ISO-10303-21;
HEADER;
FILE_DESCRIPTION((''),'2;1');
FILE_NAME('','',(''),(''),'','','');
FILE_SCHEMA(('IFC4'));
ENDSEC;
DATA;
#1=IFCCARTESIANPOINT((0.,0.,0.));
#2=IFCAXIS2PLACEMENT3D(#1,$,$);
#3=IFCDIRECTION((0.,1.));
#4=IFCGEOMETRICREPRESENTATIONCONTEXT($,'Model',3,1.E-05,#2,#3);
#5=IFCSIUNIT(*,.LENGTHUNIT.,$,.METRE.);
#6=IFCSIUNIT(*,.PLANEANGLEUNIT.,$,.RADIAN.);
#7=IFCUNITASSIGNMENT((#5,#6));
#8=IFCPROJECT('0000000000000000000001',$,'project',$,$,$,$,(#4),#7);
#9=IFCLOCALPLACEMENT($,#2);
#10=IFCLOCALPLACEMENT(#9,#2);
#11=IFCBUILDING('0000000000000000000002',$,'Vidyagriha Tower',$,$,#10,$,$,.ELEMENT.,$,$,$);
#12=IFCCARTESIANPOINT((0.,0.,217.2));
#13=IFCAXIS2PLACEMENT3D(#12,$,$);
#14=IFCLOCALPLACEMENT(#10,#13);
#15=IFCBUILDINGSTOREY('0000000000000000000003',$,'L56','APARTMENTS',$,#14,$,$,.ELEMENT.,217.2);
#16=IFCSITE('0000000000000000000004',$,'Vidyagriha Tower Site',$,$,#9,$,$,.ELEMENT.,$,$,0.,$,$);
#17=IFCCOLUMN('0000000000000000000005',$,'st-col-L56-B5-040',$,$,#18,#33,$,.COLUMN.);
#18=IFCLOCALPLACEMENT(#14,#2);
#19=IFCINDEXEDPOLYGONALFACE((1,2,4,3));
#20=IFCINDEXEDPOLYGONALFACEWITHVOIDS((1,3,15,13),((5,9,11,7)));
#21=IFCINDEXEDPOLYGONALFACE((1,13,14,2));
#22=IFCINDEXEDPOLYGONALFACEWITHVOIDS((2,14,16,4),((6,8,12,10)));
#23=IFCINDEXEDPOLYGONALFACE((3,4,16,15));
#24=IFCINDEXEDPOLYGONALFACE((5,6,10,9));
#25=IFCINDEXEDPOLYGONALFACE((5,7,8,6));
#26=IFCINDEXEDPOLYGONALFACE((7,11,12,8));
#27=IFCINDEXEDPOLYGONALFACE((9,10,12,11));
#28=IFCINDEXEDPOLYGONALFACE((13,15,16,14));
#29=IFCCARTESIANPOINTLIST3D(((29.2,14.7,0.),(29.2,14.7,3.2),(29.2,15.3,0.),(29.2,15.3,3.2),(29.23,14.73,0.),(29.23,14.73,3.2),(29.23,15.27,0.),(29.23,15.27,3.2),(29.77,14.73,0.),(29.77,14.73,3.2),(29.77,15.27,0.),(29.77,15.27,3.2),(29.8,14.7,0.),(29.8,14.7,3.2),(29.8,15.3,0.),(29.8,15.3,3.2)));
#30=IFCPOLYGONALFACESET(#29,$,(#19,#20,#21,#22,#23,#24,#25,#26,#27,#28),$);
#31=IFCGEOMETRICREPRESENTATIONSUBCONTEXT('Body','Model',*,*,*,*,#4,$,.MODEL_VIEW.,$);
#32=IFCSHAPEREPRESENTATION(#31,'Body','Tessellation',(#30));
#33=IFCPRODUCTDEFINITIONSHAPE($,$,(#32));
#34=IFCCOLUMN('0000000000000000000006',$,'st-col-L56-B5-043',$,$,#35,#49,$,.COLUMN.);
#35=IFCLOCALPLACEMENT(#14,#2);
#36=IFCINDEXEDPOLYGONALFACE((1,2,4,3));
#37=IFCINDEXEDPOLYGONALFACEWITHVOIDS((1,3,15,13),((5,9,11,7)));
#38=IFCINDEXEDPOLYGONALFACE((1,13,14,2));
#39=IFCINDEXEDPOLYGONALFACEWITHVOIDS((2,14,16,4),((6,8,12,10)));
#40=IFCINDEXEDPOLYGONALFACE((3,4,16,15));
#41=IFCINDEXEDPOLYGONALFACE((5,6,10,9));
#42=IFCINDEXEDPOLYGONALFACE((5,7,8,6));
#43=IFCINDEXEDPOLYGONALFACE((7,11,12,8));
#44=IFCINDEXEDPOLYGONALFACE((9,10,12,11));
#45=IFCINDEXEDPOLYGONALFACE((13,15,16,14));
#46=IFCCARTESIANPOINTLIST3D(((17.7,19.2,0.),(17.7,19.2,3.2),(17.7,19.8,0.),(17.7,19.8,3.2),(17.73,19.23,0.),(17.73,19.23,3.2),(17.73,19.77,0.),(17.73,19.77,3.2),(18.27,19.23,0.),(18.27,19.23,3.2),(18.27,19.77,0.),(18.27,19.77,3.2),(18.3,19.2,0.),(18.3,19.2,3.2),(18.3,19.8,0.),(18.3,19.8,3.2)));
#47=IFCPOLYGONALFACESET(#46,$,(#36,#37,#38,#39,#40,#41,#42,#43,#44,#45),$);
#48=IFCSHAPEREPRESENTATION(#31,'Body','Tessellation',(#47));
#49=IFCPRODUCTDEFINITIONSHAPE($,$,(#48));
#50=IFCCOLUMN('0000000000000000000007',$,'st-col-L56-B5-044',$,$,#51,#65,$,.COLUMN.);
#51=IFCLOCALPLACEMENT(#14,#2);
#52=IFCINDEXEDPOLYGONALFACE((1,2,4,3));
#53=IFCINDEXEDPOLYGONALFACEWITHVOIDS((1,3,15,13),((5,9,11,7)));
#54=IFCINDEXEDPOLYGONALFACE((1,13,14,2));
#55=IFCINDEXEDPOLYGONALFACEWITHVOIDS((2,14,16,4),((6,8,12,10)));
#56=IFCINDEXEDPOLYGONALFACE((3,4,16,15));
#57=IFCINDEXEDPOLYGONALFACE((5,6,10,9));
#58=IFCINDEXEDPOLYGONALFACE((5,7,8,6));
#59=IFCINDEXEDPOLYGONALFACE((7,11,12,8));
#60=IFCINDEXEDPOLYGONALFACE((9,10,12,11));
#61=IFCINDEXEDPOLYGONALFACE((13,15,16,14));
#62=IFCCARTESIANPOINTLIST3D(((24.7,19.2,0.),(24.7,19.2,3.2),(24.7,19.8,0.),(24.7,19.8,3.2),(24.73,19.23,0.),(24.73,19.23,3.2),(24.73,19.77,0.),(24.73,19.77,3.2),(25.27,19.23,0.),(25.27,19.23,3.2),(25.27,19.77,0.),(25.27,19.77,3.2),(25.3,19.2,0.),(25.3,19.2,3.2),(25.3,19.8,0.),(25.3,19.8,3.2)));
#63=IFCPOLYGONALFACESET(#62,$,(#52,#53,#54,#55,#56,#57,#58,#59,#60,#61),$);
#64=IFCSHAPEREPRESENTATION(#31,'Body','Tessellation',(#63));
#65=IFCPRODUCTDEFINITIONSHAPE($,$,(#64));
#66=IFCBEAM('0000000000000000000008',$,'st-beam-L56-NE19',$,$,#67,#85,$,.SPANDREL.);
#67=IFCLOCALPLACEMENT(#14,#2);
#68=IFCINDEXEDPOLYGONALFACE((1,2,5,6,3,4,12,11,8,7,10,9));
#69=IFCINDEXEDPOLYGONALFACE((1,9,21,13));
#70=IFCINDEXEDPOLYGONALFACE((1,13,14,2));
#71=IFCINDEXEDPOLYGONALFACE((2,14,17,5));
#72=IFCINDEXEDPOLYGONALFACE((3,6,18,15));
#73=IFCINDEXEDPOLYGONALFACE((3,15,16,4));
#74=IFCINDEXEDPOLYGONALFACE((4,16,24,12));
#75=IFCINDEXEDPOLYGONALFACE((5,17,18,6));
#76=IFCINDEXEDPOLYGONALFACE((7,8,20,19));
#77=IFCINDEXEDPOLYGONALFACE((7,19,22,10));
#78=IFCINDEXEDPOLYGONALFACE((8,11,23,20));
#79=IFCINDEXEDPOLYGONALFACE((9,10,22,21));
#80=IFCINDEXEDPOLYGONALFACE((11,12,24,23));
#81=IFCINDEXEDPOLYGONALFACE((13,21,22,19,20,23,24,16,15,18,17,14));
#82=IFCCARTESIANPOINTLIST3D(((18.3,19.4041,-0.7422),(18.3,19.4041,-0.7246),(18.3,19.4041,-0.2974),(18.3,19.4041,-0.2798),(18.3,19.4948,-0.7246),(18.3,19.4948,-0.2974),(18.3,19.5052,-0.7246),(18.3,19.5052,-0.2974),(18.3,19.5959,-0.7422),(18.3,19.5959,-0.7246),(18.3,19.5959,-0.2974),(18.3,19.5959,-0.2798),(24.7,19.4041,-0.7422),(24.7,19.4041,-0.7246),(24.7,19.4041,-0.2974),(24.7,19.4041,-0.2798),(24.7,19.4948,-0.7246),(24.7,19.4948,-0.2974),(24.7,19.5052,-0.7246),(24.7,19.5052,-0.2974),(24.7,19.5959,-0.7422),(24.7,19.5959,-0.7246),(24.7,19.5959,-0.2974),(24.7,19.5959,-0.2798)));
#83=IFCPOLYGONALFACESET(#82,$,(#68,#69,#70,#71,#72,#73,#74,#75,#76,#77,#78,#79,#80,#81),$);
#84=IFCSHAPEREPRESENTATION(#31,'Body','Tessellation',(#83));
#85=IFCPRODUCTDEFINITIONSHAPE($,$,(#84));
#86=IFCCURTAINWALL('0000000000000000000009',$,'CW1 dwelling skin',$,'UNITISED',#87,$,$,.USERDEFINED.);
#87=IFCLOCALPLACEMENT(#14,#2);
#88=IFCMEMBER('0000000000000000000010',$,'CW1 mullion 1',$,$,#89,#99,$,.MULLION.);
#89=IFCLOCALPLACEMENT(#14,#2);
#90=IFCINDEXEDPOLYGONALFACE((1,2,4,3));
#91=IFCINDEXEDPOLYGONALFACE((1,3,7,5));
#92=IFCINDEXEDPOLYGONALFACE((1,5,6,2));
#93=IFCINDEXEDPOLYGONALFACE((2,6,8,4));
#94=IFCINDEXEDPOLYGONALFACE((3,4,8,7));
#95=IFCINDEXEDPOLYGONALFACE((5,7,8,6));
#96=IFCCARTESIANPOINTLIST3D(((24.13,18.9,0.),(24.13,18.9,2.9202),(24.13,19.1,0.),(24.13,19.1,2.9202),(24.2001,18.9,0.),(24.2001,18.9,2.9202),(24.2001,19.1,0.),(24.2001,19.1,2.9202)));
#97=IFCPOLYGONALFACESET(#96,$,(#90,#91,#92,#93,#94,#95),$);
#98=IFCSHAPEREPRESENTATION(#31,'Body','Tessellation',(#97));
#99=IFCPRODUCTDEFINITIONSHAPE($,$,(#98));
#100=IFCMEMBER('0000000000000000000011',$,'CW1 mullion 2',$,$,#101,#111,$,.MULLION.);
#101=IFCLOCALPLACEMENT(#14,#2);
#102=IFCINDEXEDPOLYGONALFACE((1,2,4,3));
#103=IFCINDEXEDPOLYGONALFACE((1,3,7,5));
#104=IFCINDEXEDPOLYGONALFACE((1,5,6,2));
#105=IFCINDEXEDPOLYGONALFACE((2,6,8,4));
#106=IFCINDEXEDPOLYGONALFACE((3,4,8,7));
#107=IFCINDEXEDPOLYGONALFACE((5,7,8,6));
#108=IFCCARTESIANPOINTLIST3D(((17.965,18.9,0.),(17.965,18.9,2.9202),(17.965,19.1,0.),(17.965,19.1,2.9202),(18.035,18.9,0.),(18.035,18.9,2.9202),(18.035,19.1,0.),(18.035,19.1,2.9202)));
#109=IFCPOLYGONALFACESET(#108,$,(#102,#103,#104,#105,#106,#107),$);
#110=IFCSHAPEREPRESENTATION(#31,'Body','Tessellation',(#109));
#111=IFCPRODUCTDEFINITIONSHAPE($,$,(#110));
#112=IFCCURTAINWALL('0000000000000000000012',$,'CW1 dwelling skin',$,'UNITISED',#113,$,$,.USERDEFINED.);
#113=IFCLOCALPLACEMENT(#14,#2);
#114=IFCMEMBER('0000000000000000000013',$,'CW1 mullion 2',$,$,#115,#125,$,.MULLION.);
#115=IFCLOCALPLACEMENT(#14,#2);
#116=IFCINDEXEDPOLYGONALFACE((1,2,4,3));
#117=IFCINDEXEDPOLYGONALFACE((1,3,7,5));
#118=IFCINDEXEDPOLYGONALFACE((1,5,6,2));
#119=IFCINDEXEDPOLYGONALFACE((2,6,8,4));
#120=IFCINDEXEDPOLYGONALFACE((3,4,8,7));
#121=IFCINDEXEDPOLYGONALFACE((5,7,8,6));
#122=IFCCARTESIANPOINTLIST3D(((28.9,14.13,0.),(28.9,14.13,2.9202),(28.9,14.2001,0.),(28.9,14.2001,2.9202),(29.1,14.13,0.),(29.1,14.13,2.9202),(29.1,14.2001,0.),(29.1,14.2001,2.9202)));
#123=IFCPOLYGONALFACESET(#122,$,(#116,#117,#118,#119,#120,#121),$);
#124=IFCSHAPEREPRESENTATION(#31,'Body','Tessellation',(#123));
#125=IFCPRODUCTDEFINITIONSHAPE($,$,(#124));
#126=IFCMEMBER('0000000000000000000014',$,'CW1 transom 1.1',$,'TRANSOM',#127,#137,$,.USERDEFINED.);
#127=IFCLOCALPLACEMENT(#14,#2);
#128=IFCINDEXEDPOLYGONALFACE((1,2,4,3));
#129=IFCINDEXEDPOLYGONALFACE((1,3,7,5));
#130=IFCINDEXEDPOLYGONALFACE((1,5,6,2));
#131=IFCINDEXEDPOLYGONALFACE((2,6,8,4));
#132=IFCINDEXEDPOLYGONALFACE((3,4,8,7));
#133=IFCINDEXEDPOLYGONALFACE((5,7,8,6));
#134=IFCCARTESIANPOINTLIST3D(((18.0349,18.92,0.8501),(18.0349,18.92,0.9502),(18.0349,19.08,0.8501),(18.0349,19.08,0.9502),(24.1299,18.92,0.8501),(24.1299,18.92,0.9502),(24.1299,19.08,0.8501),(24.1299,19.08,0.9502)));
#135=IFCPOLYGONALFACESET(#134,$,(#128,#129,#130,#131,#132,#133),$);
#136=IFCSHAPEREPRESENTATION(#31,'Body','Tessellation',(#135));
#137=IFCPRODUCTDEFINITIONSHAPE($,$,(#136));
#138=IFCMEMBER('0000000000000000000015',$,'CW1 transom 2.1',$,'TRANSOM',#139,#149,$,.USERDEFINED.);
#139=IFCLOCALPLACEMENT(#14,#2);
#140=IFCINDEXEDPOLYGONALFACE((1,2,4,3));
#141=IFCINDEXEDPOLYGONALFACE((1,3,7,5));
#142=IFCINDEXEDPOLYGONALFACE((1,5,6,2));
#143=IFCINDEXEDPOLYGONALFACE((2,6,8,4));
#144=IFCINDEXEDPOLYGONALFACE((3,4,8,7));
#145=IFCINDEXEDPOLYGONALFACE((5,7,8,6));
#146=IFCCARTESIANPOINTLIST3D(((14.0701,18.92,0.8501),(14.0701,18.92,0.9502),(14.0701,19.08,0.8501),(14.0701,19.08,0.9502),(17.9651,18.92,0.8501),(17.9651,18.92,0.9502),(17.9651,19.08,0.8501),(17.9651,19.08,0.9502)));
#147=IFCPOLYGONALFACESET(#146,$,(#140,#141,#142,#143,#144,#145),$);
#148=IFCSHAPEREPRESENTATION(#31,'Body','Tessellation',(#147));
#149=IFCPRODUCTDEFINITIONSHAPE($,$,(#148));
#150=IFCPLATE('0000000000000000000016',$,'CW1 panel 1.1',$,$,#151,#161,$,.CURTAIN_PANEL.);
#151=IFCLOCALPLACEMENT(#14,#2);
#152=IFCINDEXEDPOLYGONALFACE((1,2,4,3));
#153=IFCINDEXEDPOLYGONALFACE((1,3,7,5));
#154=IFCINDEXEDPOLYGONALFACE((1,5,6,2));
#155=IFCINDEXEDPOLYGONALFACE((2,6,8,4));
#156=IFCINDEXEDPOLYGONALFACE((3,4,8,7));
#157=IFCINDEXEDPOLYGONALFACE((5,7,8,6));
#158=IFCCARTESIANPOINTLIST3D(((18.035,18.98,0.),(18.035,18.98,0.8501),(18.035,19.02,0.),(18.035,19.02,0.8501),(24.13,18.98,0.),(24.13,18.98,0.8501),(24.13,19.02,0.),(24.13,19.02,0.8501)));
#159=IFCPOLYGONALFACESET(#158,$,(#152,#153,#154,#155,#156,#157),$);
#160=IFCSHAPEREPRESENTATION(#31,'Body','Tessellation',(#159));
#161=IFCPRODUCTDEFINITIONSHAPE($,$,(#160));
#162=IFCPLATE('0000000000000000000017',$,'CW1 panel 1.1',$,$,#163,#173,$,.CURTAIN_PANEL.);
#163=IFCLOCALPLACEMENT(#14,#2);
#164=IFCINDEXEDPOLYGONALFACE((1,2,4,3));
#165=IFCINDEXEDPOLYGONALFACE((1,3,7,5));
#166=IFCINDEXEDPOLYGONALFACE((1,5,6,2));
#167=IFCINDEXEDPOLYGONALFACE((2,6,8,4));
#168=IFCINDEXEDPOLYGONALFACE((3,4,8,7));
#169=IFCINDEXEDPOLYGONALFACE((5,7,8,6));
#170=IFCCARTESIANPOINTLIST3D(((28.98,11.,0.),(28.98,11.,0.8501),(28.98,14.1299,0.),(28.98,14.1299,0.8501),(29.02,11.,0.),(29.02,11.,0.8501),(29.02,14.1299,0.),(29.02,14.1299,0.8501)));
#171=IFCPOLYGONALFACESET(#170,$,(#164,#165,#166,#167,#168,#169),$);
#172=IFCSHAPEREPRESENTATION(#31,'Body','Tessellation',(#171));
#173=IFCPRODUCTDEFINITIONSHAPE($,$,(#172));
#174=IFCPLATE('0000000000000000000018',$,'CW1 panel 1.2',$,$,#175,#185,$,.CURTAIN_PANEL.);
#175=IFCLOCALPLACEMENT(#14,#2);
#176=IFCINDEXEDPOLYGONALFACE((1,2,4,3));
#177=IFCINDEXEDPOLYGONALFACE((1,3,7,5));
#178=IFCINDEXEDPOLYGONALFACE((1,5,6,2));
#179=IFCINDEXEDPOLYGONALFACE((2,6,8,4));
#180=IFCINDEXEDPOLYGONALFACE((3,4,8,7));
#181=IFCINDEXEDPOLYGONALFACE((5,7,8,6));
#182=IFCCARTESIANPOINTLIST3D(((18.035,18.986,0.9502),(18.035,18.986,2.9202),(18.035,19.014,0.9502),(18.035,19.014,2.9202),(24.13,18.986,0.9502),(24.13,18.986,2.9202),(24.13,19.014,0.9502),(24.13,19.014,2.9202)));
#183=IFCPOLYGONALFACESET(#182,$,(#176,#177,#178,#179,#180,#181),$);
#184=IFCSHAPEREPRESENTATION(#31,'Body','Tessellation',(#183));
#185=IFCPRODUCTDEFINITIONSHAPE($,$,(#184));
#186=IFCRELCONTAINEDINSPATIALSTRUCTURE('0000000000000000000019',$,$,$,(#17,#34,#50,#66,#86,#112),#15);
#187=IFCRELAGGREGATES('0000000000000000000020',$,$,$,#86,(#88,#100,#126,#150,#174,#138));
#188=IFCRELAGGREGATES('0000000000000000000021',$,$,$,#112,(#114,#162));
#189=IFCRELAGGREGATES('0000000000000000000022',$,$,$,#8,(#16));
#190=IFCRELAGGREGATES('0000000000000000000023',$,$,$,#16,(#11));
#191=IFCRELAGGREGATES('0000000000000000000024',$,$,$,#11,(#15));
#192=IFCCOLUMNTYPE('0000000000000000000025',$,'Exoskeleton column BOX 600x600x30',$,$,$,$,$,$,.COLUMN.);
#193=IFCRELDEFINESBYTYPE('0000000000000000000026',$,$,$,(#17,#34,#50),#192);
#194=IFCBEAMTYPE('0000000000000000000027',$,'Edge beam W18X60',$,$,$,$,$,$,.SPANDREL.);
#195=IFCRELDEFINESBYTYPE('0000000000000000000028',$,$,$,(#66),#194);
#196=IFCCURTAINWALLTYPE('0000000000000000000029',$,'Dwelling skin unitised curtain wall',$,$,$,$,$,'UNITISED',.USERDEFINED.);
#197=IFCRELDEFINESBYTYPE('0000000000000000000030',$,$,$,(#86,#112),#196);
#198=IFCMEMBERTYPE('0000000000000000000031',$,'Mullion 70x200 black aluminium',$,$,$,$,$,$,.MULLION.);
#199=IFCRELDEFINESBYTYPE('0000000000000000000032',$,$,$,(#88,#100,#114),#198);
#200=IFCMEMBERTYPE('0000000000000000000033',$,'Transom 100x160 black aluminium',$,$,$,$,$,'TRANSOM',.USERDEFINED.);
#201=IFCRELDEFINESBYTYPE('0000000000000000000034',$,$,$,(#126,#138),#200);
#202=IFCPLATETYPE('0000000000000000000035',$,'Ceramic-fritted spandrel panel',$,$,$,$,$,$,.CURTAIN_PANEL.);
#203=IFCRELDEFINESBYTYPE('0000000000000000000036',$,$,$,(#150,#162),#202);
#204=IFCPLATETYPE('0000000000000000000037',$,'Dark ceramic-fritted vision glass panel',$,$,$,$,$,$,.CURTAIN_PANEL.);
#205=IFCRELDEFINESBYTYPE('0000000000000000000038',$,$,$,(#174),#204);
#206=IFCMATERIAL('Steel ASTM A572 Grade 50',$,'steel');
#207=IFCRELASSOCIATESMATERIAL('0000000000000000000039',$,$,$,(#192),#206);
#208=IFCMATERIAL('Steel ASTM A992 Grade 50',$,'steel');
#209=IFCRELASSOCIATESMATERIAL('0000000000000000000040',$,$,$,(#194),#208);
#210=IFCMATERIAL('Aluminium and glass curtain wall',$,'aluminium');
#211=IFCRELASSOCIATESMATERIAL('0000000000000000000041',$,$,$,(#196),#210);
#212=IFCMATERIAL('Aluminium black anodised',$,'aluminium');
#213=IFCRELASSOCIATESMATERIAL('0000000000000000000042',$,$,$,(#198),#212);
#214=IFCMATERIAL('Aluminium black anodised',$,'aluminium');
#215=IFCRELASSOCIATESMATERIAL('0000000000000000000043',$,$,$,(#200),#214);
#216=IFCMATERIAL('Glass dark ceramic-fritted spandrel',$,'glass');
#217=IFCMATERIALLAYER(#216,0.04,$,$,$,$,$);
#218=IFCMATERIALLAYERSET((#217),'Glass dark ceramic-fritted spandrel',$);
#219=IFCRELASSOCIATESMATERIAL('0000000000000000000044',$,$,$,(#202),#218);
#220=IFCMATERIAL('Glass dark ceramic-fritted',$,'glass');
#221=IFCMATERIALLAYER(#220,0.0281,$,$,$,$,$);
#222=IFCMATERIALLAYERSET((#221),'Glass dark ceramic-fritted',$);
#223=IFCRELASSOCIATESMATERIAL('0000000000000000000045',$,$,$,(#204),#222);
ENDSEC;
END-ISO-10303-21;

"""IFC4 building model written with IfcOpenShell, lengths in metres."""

from ifc_helpers import new_model, si_unit, direction, frame, origin, origin_2d, place, context, subcontext, project, spatial, rectangle, hollow_rectangle, i_section, extrude, material, layer, layer_set, material_profile, profile_set, type_object, element, aggregate, save


model = new_model("IFC4")

# Units and contexts
model_context = context("Model", 3, precision=1e-05, world=origin(), true_north=direction((0.0, 1.0)))
body_context = subcontext(model_context, "Body", "Model", "MODEL_VIEW")
ifc_project = project(units=[si_unit("LENGTHUNIT", "METRE"), si_unit("PLANEANGLEUNIT", "RADIAN")], contexts=[model_context])

# Site, building, storey
site_placement = place(None, origin())
site = spatial("IfcSite", under=ifc_project, at=site_placement, Name="Vidyagriha Tower Site", CompositionType="ELEMENT", RefElevation=0.0)
building_placement = place(site_placement, origin())
building = spatial("IfcBuilding", under=site, at=building_placement, Name="Vidyagriha Tower", CompositionType="ELEMENT")
storey_placement = place(building_placement, frame((0.0, 0.0, 217.2)))
storey = spatial("IfcBuildingStorey", under=building, at=storey_placement, Name="L56", Description="APARTMENTS", CompositionType="ELEMENT", Elevation=217.2)

# Columns
ifc_material_1 = material(Name="Steel ASTM A572 Grade 50", Category="steel")
ifc_material_profile_1 = material_profile(ifc_material_1, hollow_rectangle(XDim=0.6001, YDim=0.6001, WallThickness=0.03, at=origin_2d()), Name="BOX 600x600x30")
ifc_profile_set_1 = profile_set([ifc_material_profile_1], Name="Steel ASTM A572 Grade 50")
column_type = type_object("IfcColumnType", Name="Exoskeleton column BOX 600x600x30", PredefinedType="COLUMN", material=ifc_profile_set_1)
for number, where, name in (
    (1, (29.5, 15.0, 0.0), "st-col-L56-B5-040"),
    (2, (18.0, 19.5, 0.0), "st-col-L56-B5-043"),
    (3, (25.0, 19.5, 0.0), "st-col-L56-B5-044"),
):
    element("IfcColumn", number, at=place(storey_placement, frame(where)), inside=storey, type_object=column_type, Name=name, PredefinedType="COLUMN", context=body_context, shape_type="SweptSolid", body=[
        extrude(hollow_rectangle(XDim=0.6001, YDim=0.6001, WallThickness=0.03, at=origin_2d()), origin(), (0.0, 0.0, 1.0), 3.2),
    ])

# Beam
ifc_material_2 = material(Name="Steel ASTM A992 Grade 50", Category="steel")
ifc_material_profile_2 = material_profile(ifc_material_2, i_section(OverallWidth=0.1919, OverallDepth=0.4624, WebThickness=0.0105, FlangeThickness=0.0176, at=origin_2d()), Name="W18X60")
ifc_profile_set_2 = profile_set([ifc_material_profile_2], Name="Steel ASTM A992 Grade 50")
beam_type = type_object("IfcBeamType", Name="Edge beam W18X60", PredefinedType="SPANDREL", material=ifc_profile_set_2)
beam_placement = place(storey_placement, frame((18.3, 19.5, -0.511), z_axis=(1.0, 0.0, 0.0), x_axis=(0.0, 1.0, 0.0)))
element("IfcBeam", 4, at=beam_placement, inside=storey, type_object=beam_type, Name="st-beam-L56-NE19", PredefinedType="SPANDREL", context=body_context, shape_type="SweptSolid", body=[
    extrude(i_section(OverallWidth=0.1919, OverallDepth=0.4624, WebThickness=0.0105, FlangeThickness=0.0176, at=origin_2d()), origin(), (0.0, 0.0, 1.0), 6.3999),
])

# Curtain wall, members
ifc_material_3 = material(Name="Aluminium and glass curtain wall", Category="aluminium")
curtain_wall_type = type_object("IfcCurtainWallType", Name="Dwelling skin unitised curtain wall", ElementType="UNITISED", PredefinedType="USERDEFINED", material=ifc_material_3)
curtain_wall_1_placement = place(storey_placement, origin())
curtain_wall_1 = element("IfcCurtainWall", 5, at=curtain_wall_1_placement, inside=storey, type_object=curtain_wall_type, Name="CW1 dwelling skin", ObjectType="UNITISED", PredefinedType="USERDEFINED")
ifc_material_4 = material(Name="Aluminium black anodised", Category="aluminium")
ifc_material_profile_3 = material_profile(ifc_material_4, rectangle(XDim=0.2, YDim=0.0701, at=origin_2d()), Name="Mullion 70x200 black aluminium")
ifc_profile_set_3 = profile_set([ifc_material_profile_3], Name="Aluminium black anodised")
member_type_1 = type_object("IfcMemberType", Name="Mullion 70x200 black aluminium", PredefinedType="MULLION", material=ifc_profile_set_3)
member_1_placement = place(storey_placement, frame((24.165, 19.0, 0.0), z_axis=(0.0, 0.0, 1.0), x_axis=(0.0, -1.0, 0.0)))
member_1 = element("IfcMember", 6, at=member_1_placement, type_object=member_type_1, Name="CW1 mullion 1", PredefinedType="MULLION", context=body_context, shape_type="SweptSolid", body=[
    extrude(rectangle(XDim=0.2, YDim=0.0701, at=origin_2d()), origin(), (0.0, 0.0, 1.0), 2.9202),
])
member_2_placement = place(storey_placement, frame((18.0, 19.0, 0.0), z_axis=(0.0, 0.0, 1.0), x_axis=(0.0, -1.0, 0.0)))
member_2 = element("IfcMember", 7, at=member_2_placement, type_object=member_type_1, Name="CW1 mullion 2", PredefinedType="MULLION", context=body_context, shape_type="SweptSolid", body=[
    extrude(rectangle(XDim=0.2, YDim=0.0701, at=origin_2d()), origin(), (0.0, 0.0, 1.0), 2.9202),
])

# Curtain wall, member
curtain_wall_2_placement = place(storey_placement, origin())
curtain_wall_2 = element("IfcCurtainWall", 8, at=curtain_wall_2_placement, inside=storey, type_object=curtain_wall_type, Name="CW1 dwelling skin", ObjectType="UNITISED", PredefinedType="USERDEFINED")
member_3_placement = place(storey_placement, frame((29.0, 14.165, 0.0), z_axis=(0.0, 0.0, 1.0), x_axis=(-1.0, 0.0, 0.0)))
member_3 = element("IfcMember", 9, at=member_3_placement, type_object=member_type_1, Name="CW1 mullion 2", PredefinedType="MULLION", context=body_context, shape_type="SweptSolid", body=[
    extrude(rectangle(XDim=0.2, YDim=0.0701, at=origin_2d()), origin(), (0.0, 0.0, 1.0), 2.9202),
])

# Members
ifc_material_5 = material(Name="Aluminium black anodised", Category="aluminium")
ifc_material_profile_4 = material_profile(ifc_material_5, rectangle(XDim=0.1599, YDim=0.1001, at=origin_2d()), Name="Transom 100x160 black aluminium")
ifc_profile_set_4 = profile_set([ifc_material_profile_4], Name="Aluminium black anodised")
member_type_2 = type_object("IfcMemberType", Name="Transom 100x160 black aluminium", ElementType="TRANSOM", PredefinedType="USERDEFINED", material=ifc_profile_set_4)
member_4_placement = place(storey_placement, frame((24.1299, 19.0, 0.9001), z_axis=(-1.0, 0.0, 0.0), x_axis=(0.0, -1.0, 0.0)))
member_4 = element("IfcMember", 10, at=member_4_placement, type_object=member_type_2, Name="CW1 transom 1.1", ObjectType="TRANSOM", PredefinedType="USERDEFINED", context=body_context, shape_type="SweptSolid", body=[
    extrude(rectangle(XDim=0.1599, YDim=0.1001, at=origin_2d()), origin(), (0.0, 0.0, 1.0), 6.095),
])
member_5_placement = place(storey_placement, frame((17.9651, 19.0, 0.9001), z_axis=(-1.0, 0.0, 0.0), x_axis=(0.0, -1.0, 0.0)))
member_5 = element("IfcMember", 11, at=member_5_placement, type_object=member_type_2, Name="CW1 transom 2.1", ObjectType="TRANSOM", PredefinedType="USERDEFINED", context=body_context, shape_type="SweptSolid", body=[
    extrude(rectangle(XDim=0.1599, YDim=0.1001, at=origin_2d()), origin(), (0.0, 0.0, 1.0), 3.895),
])

# Plates
ifc_material_6 = material(Name="Glass dark ceramic-fritted spandrel", Category="glass")
ifc_layer_1 = layer(ifc_material_6, 0.04)
ifc_layer_set_1 = layer_set([ifc_layer_1], Name="Glass dark ceramic-fritted spandrel")
plate_type_1 = type_object("IfcPlateType", Name="Ceramic-fritted spandrel panel", PredefinedType="CURTAIN_PANEL", material=ifc_layer_set_1)
plate_1_placement = place(storey_placement, frame((21.0825, 19.0, 0.0), z_axis=(0.0, 0.0, 1.0), x_axis=(-1.0, 0.0, 0.0)))
plate_1 = element("IfcPlate", 12, at=plate_1_placement, type_object=plate_type_1, Name="CW1 panel 1.1", PredefinedType="CURTAIN_PANEL", context=body_context, shape_type="SweptSolid", body=[
    extrude(rectangle(XDim=6.095, YDim=0.04, at=origin_2d()), origin(), (0.0, 0.0, 1.0), 0.8501),
])
plate_2_placement = place(storey_placement, frame((29.0, 12.5649, 0.0), z_axis=(0.0, 0.0, 1.0), x_axis=(0.0, 1.0, 0.0)))
plate_2 = element("IfcPlate", 13, at=plate_2_placement, type_object=plate_type_1, Name="CW1 panel 1.1", PredefinedType="CURTAIN_PANEL", context=body_context, shape_type="SweptSolid", body=[
    extrude(rectangle(XDim=3.1299, YDim=0.04, at=origin_2d()), origin(), (0.0, 0.0, 1.0), 0.8501),
])
ifc_material_7 = material(Name="Glass dark ceramic-fritted", Category="glass")
ifc_layer_2 = layer(ifc_material_7, 0.0281)
ifc_layer_set_2 = layer_set([ifc_layer_2], Name="Glass dark ceramic-fritted")
plate_type_2 = type_object("IfcPlateType", Name="Dark ceramic-fritted vision glass panel", PredefinedType="CURTAIN_PANEL", material=ifc_layer_set_2)
plate_3_placement = place(storey_placement, frame((21.0825, 19.0, 0.9502), z_axis=(0.0, 0.0, 1.0), x_axis=(-1.0, 0.0, 0.0)))
plate_3 = element("IfcPlate", 14, at=plate_3_placement, type_object=plate_type_2, Name="CW1 panel 1.2", PredefinedType="CURTAIN_PANEL", context=body_context, shape_type="SweptSolid", body=[
    extrude(rectangle(XDim=6.095, YDim=0.0281, at=origin_2d()), origin(), (0.0, 0.0, 1.0), 1.97),
])
aggregate(curtain_wall_1, [member_1, member_2, member_4, plate_1, plate_3, member_5])
aggregate(curtain_wall_2, [member_3, plate_2])

save(model, "model.ifc")
